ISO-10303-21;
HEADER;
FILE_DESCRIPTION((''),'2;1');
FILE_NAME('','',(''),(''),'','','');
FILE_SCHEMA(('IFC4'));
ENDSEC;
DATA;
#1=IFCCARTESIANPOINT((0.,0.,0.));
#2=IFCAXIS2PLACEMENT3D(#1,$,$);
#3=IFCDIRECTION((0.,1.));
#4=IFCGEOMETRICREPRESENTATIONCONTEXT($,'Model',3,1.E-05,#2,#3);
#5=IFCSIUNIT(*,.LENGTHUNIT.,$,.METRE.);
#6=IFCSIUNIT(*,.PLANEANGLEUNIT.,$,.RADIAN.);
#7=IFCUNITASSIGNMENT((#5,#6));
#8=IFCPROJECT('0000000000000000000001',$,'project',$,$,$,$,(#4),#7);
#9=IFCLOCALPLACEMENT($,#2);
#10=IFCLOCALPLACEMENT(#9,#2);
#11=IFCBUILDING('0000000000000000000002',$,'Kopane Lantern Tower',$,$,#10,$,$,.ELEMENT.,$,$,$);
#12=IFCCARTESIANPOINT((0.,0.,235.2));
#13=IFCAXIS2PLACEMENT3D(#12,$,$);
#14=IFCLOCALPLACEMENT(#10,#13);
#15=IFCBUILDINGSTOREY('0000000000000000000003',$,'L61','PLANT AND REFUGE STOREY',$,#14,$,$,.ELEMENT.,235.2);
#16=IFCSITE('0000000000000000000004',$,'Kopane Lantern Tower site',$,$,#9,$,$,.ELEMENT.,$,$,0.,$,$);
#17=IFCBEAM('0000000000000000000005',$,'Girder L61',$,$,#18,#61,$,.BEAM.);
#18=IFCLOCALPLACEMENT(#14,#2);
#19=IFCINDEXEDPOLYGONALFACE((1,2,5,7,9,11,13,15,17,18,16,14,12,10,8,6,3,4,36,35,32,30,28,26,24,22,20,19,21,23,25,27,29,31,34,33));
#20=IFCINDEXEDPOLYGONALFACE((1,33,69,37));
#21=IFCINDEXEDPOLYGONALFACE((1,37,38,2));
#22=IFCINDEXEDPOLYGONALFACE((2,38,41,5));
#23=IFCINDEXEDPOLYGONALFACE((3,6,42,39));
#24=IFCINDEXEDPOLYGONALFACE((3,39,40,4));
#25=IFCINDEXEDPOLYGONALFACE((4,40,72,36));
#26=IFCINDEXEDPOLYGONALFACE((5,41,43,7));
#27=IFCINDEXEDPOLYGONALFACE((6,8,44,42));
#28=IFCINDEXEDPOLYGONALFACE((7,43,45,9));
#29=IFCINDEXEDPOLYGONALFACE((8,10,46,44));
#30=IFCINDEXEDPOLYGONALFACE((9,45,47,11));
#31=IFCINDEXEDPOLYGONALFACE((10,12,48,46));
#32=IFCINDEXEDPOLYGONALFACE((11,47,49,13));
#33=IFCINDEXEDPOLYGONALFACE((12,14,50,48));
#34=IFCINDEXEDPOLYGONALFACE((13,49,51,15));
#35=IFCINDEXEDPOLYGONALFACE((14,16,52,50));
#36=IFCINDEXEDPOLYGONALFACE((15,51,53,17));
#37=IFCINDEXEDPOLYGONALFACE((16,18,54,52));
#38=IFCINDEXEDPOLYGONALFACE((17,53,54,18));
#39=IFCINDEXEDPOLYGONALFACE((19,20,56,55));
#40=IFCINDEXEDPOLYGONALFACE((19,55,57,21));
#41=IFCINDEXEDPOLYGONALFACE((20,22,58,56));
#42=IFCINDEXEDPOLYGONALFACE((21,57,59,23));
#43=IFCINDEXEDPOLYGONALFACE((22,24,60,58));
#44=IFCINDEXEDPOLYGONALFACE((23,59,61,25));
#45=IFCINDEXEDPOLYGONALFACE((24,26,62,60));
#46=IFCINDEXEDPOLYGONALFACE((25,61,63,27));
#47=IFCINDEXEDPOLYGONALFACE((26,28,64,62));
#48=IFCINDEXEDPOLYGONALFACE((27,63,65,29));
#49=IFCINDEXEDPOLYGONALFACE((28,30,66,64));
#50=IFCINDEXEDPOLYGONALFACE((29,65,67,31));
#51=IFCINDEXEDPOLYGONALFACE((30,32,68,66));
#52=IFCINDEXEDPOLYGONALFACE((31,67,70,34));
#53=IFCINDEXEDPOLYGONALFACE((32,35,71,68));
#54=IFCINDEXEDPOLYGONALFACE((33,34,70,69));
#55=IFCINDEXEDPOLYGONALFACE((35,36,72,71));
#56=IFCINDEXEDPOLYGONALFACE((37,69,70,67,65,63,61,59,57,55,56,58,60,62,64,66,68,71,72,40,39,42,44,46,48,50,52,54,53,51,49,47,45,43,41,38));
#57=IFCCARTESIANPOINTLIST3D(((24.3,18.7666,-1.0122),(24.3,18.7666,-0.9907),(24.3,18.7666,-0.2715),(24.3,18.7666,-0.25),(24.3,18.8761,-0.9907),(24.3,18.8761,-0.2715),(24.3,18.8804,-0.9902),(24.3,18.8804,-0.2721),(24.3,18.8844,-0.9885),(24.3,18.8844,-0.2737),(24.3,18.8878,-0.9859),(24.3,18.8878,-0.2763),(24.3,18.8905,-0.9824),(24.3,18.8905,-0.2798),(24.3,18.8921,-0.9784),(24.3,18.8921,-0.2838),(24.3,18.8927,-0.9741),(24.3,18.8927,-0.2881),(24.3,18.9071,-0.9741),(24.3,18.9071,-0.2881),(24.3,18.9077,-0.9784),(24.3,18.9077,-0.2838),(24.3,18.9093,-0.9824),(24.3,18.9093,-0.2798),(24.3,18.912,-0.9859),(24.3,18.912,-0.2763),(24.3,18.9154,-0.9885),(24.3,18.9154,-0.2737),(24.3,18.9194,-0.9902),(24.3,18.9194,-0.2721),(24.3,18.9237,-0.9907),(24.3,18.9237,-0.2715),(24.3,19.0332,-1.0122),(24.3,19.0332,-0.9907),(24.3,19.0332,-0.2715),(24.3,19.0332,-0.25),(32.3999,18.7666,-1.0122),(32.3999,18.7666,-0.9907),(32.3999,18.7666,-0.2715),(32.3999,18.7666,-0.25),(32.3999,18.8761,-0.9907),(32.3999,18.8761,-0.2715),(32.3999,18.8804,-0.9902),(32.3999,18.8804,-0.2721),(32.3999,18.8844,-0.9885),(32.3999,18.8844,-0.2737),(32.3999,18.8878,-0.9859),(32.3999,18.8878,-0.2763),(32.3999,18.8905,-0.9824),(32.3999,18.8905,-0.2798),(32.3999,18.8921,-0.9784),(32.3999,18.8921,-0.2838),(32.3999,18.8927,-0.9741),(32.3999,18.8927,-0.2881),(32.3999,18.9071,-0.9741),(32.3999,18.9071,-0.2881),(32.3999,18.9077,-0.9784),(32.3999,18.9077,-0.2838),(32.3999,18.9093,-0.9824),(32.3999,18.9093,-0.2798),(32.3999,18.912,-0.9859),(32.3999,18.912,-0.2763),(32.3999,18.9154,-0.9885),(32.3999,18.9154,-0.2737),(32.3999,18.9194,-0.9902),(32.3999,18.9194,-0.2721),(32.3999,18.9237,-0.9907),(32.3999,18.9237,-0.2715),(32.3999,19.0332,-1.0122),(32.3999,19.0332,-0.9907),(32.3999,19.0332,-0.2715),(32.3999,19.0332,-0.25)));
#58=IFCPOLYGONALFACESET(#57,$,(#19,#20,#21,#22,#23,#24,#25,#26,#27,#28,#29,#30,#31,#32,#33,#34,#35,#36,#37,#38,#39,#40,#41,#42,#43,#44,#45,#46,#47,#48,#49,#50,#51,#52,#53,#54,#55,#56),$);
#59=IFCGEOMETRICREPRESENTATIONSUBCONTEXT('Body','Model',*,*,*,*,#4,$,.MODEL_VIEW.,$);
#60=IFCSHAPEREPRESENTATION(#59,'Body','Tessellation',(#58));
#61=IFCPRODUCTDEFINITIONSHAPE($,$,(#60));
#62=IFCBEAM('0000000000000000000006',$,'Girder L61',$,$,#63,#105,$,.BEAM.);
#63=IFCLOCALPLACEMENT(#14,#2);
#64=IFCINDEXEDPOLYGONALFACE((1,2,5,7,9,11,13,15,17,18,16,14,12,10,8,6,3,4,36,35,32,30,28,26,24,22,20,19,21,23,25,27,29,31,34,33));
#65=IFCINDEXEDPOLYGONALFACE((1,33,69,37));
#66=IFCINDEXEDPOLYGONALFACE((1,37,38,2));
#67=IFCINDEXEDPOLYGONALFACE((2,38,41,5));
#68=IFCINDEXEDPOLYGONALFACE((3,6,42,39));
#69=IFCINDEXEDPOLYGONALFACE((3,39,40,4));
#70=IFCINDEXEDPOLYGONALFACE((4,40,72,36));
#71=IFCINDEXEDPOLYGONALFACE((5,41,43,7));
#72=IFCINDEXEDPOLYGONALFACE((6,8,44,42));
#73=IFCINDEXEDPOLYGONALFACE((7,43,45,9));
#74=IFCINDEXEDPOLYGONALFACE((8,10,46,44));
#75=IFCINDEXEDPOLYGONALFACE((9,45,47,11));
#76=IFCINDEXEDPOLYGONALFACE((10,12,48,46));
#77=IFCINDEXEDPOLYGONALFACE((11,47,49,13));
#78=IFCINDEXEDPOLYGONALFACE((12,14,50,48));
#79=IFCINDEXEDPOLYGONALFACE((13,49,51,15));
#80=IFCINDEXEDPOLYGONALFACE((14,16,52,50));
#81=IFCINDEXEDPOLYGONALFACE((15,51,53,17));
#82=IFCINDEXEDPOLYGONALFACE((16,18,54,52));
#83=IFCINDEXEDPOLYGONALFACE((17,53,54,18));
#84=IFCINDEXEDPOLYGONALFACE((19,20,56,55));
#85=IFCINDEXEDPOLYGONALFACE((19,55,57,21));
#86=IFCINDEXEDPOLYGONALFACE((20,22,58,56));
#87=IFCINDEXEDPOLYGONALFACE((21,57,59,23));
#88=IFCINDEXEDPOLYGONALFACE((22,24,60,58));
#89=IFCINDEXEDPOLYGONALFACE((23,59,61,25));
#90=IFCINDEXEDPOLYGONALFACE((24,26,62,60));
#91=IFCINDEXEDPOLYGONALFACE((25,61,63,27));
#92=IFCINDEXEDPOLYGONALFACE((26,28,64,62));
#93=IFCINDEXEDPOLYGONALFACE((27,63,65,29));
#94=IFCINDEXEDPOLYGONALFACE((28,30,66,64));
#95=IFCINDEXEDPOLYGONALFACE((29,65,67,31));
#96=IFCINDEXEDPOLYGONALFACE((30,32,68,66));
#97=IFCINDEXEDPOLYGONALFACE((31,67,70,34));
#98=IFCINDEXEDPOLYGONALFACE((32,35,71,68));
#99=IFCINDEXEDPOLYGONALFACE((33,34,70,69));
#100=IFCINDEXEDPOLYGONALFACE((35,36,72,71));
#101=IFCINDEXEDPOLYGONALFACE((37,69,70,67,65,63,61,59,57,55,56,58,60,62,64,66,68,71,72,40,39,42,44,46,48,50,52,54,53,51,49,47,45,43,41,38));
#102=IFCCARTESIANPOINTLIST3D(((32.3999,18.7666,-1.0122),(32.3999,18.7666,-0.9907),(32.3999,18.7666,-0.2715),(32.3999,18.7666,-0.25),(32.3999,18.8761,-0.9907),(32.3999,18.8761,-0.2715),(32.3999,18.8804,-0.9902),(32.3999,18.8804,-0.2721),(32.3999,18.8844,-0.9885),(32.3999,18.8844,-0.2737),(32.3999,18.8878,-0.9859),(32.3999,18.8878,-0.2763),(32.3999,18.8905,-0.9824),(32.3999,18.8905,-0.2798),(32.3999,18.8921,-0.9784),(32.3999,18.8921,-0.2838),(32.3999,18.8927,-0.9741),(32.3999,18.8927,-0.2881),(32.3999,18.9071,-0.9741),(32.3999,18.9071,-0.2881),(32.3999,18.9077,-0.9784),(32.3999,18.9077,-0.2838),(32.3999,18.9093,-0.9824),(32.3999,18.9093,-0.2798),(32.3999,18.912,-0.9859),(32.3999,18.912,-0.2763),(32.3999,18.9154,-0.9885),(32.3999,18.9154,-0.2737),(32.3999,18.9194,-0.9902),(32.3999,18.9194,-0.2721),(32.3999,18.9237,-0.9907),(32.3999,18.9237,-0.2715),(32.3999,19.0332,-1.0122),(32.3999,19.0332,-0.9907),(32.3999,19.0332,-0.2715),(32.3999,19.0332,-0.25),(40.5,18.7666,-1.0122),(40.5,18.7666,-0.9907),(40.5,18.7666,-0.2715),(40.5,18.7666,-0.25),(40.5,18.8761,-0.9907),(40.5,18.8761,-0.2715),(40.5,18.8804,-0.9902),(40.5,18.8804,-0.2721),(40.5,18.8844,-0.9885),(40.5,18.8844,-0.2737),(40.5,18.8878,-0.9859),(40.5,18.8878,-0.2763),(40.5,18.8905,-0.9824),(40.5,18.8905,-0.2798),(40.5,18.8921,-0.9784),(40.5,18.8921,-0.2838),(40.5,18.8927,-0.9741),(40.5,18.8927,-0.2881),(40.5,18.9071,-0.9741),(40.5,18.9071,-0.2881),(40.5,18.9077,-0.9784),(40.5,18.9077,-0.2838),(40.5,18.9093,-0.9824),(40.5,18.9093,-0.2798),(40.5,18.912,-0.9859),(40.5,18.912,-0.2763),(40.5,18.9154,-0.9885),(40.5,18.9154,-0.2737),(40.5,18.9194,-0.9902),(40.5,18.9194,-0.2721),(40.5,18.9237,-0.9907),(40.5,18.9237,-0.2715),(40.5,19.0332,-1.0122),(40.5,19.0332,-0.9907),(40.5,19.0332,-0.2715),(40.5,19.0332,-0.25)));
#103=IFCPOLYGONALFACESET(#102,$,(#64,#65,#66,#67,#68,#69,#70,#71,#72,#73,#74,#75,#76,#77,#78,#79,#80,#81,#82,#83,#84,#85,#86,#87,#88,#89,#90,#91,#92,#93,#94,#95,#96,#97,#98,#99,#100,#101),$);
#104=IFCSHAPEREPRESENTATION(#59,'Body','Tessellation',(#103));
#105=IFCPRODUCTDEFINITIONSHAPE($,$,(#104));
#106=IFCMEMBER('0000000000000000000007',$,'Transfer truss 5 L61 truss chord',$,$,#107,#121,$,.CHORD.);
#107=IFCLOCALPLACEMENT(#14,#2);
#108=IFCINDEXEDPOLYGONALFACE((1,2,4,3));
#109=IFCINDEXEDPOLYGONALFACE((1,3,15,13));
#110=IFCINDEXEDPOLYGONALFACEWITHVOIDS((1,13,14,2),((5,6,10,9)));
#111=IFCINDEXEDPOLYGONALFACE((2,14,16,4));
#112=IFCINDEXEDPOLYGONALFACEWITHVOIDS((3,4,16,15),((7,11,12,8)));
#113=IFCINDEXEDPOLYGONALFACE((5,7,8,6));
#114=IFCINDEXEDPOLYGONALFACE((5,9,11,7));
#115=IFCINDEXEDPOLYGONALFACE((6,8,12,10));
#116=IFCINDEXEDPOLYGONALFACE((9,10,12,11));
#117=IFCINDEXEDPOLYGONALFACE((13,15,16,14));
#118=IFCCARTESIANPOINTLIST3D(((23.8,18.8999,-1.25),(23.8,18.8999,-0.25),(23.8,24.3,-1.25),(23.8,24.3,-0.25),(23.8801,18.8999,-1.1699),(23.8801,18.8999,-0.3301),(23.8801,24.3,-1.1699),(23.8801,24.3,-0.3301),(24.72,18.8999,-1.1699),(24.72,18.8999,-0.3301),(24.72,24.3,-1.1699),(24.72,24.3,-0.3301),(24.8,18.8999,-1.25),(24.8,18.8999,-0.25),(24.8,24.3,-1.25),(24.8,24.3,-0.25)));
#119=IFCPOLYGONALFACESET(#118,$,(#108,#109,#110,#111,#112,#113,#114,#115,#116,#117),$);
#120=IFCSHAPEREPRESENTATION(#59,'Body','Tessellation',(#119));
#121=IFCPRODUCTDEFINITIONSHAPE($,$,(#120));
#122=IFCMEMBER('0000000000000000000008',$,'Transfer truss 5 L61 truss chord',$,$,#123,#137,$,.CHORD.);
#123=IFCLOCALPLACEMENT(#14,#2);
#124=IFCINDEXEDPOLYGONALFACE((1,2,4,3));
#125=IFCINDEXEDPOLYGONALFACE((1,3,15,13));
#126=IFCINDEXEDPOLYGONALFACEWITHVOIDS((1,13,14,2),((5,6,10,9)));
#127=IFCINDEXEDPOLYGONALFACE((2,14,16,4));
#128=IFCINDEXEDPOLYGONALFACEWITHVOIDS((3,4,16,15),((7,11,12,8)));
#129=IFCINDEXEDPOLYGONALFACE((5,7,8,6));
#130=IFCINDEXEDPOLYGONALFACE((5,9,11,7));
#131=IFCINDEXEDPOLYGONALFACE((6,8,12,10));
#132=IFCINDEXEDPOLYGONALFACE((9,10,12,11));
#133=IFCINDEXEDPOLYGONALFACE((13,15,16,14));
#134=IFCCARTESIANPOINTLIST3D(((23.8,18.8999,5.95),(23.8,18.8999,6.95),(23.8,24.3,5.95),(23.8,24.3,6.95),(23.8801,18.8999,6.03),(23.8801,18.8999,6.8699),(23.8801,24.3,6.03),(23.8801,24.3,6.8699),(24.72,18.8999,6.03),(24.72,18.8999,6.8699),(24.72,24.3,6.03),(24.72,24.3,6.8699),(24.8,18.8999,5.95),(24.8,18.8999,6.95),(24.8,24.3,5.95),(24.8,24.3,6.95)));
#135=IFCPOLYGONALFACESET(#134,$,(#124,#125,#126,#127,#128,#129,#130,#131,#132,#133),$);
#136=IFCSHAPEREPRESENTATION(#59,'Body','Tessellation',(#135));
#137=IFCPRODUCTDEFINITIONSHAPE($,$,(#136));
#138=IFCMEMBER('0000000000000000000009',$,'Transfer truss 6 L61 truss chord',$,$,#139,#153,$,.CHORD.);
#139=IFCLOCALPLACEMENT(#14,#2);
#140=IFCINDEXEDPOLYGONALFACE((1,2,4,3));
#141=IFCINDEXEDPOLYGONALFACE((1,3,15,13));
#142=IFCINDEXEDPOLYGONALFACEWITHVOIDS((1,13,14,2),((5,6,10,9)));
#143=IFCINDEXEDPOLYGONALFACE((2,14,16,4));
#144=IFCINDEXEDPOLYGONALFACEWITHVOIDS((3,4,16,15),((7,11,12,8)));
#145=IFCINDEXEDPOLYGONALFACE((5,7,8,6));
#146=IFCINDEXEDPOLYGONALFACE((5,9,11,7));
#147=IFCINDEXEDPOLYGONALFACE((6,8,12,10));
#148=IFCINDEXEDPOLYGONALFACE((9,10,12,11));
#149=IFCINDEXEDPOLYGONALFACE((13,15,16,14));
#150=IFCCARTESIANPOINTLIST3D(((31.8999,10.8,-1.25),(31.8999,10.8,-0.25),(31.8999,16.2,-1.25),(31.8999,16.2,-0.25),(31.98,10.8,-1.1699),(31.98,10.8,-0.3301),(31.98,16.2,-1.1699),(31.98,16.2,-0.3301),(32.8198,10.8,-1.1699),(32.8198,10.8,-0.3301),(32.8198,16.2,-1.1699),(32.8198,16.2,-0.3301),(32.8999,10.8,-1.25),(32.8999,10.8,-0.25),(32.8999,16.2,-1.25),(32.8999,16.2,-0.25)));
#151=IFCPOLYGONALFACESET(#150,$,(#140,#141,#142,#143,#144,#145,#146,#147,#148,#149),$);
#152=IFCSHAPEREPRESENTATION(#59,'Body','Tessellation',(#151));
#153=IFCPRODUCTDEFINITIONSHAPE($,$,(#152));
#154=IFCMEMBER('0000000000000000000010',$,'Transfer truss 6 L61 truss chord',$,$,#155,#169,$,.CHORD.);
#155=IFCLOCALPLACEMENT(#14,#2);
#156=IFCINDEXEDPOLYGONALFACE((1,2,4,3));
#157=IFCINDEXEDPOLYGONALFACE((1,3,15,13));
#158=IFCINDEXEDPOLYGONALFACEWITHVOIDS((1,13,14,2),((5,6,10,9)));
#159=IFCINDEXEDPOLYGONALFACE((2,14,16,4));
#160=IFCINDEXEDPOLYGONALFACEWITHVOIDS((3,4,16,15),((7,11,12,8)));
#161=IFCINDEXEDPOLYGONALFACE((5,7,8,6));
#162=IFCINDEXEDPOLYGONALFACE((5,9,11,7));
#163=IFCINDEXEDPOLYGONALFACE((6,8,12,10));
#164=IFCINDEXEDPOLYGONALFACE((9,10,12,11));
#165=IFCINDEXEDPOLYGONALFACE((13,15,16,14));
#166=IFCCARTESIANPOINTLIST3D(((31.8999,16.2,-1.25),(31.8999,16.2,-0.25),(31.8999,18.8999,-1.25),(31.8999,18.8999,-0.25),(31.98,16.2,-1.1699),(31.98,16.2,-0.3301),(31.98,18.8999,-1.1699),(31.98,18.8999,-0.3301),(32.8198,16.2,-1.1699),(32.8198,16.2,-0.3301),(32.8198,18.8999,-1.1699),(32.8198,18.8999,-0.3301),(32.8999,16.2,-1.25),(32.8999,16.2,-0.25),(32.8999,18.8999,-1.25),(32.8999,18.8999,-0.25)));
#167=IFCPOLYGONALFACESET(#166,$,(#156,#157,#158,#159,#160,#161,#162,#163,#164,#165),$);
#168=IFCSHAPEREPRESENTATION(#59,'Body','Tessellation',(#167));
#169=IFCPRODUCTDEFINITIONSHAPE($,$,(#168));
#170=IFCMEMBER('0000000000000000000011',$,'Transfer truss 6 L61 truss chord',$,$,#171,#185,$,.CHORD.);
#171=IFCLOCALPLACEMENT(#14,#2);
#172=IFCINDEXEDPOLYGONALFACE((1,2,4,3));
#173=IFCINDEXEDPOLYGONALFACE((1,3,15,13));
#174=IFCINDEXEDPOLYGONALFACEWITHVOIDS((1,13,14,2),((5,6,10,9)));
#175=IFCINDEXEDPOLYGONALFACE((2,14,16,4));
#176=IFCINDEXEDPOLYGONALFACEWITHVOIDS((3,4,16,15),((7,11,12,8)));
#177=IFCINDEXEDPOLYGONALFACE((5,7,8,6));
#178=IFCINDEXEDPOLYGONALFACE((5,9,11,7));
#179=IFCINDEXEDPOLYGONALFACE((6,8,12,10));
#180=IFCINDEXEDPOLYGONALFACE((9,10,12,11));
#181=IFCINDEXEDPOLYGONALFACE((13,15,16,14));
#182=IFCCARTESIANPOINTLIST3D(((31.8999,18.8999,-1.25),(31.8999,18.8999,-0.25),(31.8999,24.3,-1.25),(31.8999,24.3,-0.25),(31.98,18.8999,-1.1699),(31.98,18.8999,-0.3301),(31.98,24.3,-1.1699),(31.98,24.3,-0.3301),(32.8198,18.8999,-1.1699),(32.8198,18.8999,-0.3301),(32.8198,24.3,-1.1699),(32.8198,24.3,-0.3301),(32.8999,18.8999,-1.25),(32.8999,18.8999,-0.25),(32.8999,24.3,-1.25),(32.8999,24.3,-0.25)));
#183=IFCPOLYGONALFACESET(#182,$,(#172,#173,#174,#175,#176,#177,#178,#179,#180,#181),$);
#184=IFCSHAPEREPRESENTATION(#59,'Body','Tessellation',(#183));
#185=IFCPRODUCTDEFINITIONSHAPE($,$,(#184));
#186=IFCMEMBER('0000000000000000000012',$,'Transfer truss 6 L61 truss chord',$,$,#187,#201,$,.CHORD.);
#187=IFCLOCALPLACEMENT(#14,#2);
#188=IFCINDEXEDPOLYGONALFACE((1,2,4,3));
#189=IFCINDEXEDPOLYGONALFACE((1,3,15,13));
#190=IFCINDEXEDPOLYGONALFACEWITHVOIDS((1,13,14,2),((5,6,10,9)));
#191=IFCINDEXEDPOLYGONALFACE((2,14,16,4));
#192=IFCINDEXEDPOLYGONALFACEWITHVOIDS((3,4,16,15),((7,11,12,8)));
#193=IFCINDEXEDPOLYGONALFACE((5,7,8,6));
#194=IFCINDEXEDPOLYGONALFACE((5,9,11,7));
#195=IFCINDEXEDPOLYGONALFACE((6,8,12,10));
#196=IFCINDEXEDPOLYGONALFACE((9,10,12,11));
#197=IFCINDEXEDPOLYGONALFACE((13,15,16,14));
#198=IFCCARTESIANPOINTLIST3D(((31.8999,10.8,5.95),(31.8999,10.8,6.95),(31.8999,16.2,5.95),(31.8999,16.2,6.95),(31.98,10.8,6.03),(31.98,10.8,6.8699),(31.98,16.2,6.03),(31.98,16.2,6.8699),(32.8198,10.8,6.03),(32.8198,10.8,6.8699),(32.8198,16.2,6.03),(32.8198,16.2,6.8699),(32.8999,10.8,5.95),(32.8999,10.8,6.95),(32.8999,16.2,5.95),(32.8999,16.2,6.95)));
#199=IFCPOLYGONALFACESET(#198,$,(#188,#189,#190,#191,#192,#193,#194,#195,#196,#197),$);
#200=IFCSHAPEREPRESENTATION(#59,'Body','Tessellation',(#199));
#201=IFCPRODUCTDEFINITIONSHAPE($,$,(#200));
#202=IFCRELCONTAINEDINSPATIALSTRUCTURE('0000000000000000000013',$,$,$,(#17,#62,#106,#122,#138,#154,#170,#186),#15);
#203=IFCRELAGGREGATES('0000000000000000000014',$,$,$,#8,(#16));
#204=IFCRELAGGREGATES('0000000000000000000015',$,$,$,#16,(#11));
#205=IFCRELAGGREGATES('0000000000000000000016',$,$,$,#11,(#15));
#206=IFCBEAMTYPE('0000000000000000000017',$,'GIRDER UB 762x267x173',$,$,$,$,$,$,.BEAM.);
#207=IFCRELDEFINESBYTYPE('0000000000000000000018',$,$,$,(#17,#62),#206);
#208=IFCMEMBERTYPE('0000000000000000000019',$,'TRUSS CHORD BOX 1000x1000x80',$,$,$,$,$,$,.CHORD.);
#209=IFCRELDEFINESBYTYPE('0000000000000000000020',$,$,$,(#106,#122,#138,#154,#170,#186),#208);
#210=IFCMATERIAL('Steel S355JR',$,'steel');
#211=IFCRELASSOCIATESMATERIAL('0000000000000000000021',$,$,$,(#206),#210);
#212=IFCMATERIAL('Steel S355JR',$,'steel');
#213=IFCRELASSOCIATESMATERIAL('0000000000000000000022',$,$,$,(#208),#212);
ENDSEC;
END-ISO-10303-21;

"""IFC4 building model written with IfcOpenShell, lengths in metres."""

from ifc_helpers import new_model, si_unit, direction, frame, origin, origin_2d, place, context, subcontext, project, spatial, hollow_rectangle, i_section, extrude, material, material_profile, profile_set, type_object, element, save


model = new_model("IFC4")

# Units and contexts
model_context = context("Model", 3, precision=1e-05, world=origin(), true_north=direction((0.0, 1.0)))
body_context = subcontext(model_context, "Body", "Model", "MODEL_VIEW")
ifc_project = project(units=[si_unit("LENGTHUNIT", "METRE"), si_unit("PLANEANGLEUNIT", "RADIAN")], contexts=[model_context])

# Site, building, storey
site_placement = place(None, origin())
site = spatial("IfcSite", under=ifc_project, at=site_placement, Name="Kopane Lantern Tower site", CompositionType="ELEMENT", RefElevation=0.0)
building_placement = place(site_placement, origin())
building = spatial("IfcBuilding", under=site, at=building_placement, Name="Kopane Lantern Tower", CompositionType="ELEMENT")
storey_placement = place(building_placement, frame((0.0, 0.0, 235.2)))
storey = spatial("IfcBuildingStorey", under=building, at=storey_placement, Name="L61", Description="PLANT AND REFUGE STOREY", CompositionType="ELEMENT", Elevation=235.2)

# Beams
ifc_material_1 = material(Name="Steel S355JR", Category="steel")
ifc_material_profile_1 = material_profile(ifc_material_1, i_section(OverallWidth=0.2666, OverallDepth=0.7622, WebThickness=0.0144, FlangeThickness=0.0215, FilletRadius=0.0166, at=origin_2d()), Name="UB 762x267x173")
ifc_profile_set_1 = profile_set([ifc_material_profile_1], Name="Steel S355JR")
beam_type = type_object("IfcBeamType", Name="GIRDER UB 762x267x173", PredefinedType="BEAM", material=ifc_profile_set_1)
beam_1_placement = place(storey_placement, frame((24.3, 18.8999, -0.6311), z_axis=(1.0, 0.0, 0.0), x_axis=(0.0, 1.0, 0.0)))
element("IfcBeam", 1, at=beam_1_placement, inside=storey, type_object=beam_type, Name="Girder L61", PredefinedType="BEAM", context=body_context, shape_type="SweptSolid", body=[
    extrude(i_section(OverallWidth=0.2666, OverallDepth=0.7622, WebThickness=0.0144, FlangeThickness=0.0215, FilletRadius=0.0166, at=origin_2d()), origin(), (0.0, 0.0, 1.0), 8.0999),
])
beam_2_placement = place(storey_placement, frame((32.3999, 18.8999, -0.6311), z_axis=(1.0, 0.0, 0.0), x_axis=(0.0, 1.0, 0.0)))
element("IfcBeam", 2, at=beam_2_placement, inside=storey, type_object=beam_type, Name="Girder L61", PredefinedType="BEAM", context=body_context, shape_type="SweptSolid", body=[
    extrude(i_section(OverallWidth=0.2666, OverallDepth=0.7622, WebThickness=0.0144, FlangeThickness=0.0215, FilletRadius=0.0166, at=origin_2d()), origin(), (0.0, 0.0, 1.0), 8.1001),
])

# Members
ifc_material_2 = material(Name="Steel S355JR", Category="steel")
ifc_material_profile_2 = material_profile(ifc_material_2, hollow_rectangle(XDim=1.0, YDim=1.0, WallThickness=0.0801, at=origin_2d()), Name="BOX 1000x1000x80")
ifc_profile_set_2 = profile_set([ifc_material_profile_2], Name="Steel S355JR")
member_type_1 = type_object("IfcMemberType", Name="TRUSS CHORD BOX 1000x1000x80", PredefinedType="CHORD", material=ifc_profile_set_2)
for number, where, z_axis, x_axis, name in (
    (3, (24.3, 18.8999, -0.75), (0.0, 1.0, 0.0), (-1.0, 0.0, 0.0), "Transfer truss 5 L61 truss chord"),
    (4, (24.3, 18.8999, 6.45), (0.0, 1.0, 0.0), (-1.0, 0.0, 0.0), "Transfer truss 5 L61 truss chord"),
):
    element("IfcMember", number, at=place(storey_placement, frame(where, z_axis=z_axis, x_axis=x_axis)), inside=storey, type_object=member_type_1, Name=name, PredefinedType="CHORD", context=body_context, shape_type="SweptSolid", body=[
        extrude(hollow_rectangle(XDim=1.0, YDim=1.0, WallThickness=0.0801, at=origin_2d()), origin(), (0.0, 0.0, 1.0), 5.4001),
    ])
member_1_placement = place(storey_placement, frame((32.3999, 10.8, -0.75), z_axis=(0.0, 1.0, 0.0), x_axis=(-1.0, 0.0, 0.0)))
element("IfcMember", 5, at=member_1_placement, inside=storey, type_object=member_type_1, Name="Transfer truss 6 L61 truss chord", PredefinedType="CHORD", context=body_context, shape_type="SweptSolid", body=[
    extrude(hollow_rectangle(XDim=1.0, YDim=1.0, WallThickness=0.0801, at=origin_2d()), origin(), (0.0, 0.0, 1.0), 5.3999),
])
member_2_placement = place(storey_placement, frame((32.3999, 16.2, -0.75), z_axis=(0.0, 1.0, 0.0), x_axis=(-1.0, 0.0, 0.0)))
element("IfcMember", 6, at=member_2_placement, inside=storey, type_object=member_type_1, Name="Transfer truss 6 L61 truss chord", PredefinedType="CHORD", context=body_context, shape_type="SweptSolid", body=[
    extrude(hollow_rectangle(XDim=1.0, YDim=1.0, WallThickness=0.0801, at=origin_2d()), origin(), (0.0, 0.0, 1.0), 2.7),
])
member_3_placement = place(storey_placement, frame((32.3999, 18.8999, -0.75), z_axis=(0.0, 1.0, 0.0), x_axis=(-1.0, 0.0, 0.0)))
element("IfcMember", 7, at=member_3_placement, inside=storey, type_object=member_type_1, Name="Transfer truss 6 L61 truss chord", PredefinedType="CHORD", context=body_context, shape_type="SweptSolid", body=[
    extrude(hollow_rectangle(XDim=1.0, YDim=1.0, WallThickness=0.0801, at=origin_2d()), origin(), (0.0, 0.0, 1.0), 5.4001),
])
member_4_placement = place(storey_placement, frame((32.3999, 10.8, 6.45), z_axis=(0.0, 1.0, 0.0), x_axis=(-1.0, 0.0, 0.0)))
element("IfcMember", 8, at=member_4_placement, inside=storey, type_object=member_type_1, Name="Transfer truss 6 L61 truss chord", PredefinedType="CHORD", context=body_context, shape_type="SweptSolid", body=[
    extrude(hollow_rectangle(XDim=1.0, YDim=1.0, WallThickness=0.0801, at=origin_2d()), origin(), (0.0, 0.0, 1.0), 5.3999),
])

save(model, "model.ifc")
